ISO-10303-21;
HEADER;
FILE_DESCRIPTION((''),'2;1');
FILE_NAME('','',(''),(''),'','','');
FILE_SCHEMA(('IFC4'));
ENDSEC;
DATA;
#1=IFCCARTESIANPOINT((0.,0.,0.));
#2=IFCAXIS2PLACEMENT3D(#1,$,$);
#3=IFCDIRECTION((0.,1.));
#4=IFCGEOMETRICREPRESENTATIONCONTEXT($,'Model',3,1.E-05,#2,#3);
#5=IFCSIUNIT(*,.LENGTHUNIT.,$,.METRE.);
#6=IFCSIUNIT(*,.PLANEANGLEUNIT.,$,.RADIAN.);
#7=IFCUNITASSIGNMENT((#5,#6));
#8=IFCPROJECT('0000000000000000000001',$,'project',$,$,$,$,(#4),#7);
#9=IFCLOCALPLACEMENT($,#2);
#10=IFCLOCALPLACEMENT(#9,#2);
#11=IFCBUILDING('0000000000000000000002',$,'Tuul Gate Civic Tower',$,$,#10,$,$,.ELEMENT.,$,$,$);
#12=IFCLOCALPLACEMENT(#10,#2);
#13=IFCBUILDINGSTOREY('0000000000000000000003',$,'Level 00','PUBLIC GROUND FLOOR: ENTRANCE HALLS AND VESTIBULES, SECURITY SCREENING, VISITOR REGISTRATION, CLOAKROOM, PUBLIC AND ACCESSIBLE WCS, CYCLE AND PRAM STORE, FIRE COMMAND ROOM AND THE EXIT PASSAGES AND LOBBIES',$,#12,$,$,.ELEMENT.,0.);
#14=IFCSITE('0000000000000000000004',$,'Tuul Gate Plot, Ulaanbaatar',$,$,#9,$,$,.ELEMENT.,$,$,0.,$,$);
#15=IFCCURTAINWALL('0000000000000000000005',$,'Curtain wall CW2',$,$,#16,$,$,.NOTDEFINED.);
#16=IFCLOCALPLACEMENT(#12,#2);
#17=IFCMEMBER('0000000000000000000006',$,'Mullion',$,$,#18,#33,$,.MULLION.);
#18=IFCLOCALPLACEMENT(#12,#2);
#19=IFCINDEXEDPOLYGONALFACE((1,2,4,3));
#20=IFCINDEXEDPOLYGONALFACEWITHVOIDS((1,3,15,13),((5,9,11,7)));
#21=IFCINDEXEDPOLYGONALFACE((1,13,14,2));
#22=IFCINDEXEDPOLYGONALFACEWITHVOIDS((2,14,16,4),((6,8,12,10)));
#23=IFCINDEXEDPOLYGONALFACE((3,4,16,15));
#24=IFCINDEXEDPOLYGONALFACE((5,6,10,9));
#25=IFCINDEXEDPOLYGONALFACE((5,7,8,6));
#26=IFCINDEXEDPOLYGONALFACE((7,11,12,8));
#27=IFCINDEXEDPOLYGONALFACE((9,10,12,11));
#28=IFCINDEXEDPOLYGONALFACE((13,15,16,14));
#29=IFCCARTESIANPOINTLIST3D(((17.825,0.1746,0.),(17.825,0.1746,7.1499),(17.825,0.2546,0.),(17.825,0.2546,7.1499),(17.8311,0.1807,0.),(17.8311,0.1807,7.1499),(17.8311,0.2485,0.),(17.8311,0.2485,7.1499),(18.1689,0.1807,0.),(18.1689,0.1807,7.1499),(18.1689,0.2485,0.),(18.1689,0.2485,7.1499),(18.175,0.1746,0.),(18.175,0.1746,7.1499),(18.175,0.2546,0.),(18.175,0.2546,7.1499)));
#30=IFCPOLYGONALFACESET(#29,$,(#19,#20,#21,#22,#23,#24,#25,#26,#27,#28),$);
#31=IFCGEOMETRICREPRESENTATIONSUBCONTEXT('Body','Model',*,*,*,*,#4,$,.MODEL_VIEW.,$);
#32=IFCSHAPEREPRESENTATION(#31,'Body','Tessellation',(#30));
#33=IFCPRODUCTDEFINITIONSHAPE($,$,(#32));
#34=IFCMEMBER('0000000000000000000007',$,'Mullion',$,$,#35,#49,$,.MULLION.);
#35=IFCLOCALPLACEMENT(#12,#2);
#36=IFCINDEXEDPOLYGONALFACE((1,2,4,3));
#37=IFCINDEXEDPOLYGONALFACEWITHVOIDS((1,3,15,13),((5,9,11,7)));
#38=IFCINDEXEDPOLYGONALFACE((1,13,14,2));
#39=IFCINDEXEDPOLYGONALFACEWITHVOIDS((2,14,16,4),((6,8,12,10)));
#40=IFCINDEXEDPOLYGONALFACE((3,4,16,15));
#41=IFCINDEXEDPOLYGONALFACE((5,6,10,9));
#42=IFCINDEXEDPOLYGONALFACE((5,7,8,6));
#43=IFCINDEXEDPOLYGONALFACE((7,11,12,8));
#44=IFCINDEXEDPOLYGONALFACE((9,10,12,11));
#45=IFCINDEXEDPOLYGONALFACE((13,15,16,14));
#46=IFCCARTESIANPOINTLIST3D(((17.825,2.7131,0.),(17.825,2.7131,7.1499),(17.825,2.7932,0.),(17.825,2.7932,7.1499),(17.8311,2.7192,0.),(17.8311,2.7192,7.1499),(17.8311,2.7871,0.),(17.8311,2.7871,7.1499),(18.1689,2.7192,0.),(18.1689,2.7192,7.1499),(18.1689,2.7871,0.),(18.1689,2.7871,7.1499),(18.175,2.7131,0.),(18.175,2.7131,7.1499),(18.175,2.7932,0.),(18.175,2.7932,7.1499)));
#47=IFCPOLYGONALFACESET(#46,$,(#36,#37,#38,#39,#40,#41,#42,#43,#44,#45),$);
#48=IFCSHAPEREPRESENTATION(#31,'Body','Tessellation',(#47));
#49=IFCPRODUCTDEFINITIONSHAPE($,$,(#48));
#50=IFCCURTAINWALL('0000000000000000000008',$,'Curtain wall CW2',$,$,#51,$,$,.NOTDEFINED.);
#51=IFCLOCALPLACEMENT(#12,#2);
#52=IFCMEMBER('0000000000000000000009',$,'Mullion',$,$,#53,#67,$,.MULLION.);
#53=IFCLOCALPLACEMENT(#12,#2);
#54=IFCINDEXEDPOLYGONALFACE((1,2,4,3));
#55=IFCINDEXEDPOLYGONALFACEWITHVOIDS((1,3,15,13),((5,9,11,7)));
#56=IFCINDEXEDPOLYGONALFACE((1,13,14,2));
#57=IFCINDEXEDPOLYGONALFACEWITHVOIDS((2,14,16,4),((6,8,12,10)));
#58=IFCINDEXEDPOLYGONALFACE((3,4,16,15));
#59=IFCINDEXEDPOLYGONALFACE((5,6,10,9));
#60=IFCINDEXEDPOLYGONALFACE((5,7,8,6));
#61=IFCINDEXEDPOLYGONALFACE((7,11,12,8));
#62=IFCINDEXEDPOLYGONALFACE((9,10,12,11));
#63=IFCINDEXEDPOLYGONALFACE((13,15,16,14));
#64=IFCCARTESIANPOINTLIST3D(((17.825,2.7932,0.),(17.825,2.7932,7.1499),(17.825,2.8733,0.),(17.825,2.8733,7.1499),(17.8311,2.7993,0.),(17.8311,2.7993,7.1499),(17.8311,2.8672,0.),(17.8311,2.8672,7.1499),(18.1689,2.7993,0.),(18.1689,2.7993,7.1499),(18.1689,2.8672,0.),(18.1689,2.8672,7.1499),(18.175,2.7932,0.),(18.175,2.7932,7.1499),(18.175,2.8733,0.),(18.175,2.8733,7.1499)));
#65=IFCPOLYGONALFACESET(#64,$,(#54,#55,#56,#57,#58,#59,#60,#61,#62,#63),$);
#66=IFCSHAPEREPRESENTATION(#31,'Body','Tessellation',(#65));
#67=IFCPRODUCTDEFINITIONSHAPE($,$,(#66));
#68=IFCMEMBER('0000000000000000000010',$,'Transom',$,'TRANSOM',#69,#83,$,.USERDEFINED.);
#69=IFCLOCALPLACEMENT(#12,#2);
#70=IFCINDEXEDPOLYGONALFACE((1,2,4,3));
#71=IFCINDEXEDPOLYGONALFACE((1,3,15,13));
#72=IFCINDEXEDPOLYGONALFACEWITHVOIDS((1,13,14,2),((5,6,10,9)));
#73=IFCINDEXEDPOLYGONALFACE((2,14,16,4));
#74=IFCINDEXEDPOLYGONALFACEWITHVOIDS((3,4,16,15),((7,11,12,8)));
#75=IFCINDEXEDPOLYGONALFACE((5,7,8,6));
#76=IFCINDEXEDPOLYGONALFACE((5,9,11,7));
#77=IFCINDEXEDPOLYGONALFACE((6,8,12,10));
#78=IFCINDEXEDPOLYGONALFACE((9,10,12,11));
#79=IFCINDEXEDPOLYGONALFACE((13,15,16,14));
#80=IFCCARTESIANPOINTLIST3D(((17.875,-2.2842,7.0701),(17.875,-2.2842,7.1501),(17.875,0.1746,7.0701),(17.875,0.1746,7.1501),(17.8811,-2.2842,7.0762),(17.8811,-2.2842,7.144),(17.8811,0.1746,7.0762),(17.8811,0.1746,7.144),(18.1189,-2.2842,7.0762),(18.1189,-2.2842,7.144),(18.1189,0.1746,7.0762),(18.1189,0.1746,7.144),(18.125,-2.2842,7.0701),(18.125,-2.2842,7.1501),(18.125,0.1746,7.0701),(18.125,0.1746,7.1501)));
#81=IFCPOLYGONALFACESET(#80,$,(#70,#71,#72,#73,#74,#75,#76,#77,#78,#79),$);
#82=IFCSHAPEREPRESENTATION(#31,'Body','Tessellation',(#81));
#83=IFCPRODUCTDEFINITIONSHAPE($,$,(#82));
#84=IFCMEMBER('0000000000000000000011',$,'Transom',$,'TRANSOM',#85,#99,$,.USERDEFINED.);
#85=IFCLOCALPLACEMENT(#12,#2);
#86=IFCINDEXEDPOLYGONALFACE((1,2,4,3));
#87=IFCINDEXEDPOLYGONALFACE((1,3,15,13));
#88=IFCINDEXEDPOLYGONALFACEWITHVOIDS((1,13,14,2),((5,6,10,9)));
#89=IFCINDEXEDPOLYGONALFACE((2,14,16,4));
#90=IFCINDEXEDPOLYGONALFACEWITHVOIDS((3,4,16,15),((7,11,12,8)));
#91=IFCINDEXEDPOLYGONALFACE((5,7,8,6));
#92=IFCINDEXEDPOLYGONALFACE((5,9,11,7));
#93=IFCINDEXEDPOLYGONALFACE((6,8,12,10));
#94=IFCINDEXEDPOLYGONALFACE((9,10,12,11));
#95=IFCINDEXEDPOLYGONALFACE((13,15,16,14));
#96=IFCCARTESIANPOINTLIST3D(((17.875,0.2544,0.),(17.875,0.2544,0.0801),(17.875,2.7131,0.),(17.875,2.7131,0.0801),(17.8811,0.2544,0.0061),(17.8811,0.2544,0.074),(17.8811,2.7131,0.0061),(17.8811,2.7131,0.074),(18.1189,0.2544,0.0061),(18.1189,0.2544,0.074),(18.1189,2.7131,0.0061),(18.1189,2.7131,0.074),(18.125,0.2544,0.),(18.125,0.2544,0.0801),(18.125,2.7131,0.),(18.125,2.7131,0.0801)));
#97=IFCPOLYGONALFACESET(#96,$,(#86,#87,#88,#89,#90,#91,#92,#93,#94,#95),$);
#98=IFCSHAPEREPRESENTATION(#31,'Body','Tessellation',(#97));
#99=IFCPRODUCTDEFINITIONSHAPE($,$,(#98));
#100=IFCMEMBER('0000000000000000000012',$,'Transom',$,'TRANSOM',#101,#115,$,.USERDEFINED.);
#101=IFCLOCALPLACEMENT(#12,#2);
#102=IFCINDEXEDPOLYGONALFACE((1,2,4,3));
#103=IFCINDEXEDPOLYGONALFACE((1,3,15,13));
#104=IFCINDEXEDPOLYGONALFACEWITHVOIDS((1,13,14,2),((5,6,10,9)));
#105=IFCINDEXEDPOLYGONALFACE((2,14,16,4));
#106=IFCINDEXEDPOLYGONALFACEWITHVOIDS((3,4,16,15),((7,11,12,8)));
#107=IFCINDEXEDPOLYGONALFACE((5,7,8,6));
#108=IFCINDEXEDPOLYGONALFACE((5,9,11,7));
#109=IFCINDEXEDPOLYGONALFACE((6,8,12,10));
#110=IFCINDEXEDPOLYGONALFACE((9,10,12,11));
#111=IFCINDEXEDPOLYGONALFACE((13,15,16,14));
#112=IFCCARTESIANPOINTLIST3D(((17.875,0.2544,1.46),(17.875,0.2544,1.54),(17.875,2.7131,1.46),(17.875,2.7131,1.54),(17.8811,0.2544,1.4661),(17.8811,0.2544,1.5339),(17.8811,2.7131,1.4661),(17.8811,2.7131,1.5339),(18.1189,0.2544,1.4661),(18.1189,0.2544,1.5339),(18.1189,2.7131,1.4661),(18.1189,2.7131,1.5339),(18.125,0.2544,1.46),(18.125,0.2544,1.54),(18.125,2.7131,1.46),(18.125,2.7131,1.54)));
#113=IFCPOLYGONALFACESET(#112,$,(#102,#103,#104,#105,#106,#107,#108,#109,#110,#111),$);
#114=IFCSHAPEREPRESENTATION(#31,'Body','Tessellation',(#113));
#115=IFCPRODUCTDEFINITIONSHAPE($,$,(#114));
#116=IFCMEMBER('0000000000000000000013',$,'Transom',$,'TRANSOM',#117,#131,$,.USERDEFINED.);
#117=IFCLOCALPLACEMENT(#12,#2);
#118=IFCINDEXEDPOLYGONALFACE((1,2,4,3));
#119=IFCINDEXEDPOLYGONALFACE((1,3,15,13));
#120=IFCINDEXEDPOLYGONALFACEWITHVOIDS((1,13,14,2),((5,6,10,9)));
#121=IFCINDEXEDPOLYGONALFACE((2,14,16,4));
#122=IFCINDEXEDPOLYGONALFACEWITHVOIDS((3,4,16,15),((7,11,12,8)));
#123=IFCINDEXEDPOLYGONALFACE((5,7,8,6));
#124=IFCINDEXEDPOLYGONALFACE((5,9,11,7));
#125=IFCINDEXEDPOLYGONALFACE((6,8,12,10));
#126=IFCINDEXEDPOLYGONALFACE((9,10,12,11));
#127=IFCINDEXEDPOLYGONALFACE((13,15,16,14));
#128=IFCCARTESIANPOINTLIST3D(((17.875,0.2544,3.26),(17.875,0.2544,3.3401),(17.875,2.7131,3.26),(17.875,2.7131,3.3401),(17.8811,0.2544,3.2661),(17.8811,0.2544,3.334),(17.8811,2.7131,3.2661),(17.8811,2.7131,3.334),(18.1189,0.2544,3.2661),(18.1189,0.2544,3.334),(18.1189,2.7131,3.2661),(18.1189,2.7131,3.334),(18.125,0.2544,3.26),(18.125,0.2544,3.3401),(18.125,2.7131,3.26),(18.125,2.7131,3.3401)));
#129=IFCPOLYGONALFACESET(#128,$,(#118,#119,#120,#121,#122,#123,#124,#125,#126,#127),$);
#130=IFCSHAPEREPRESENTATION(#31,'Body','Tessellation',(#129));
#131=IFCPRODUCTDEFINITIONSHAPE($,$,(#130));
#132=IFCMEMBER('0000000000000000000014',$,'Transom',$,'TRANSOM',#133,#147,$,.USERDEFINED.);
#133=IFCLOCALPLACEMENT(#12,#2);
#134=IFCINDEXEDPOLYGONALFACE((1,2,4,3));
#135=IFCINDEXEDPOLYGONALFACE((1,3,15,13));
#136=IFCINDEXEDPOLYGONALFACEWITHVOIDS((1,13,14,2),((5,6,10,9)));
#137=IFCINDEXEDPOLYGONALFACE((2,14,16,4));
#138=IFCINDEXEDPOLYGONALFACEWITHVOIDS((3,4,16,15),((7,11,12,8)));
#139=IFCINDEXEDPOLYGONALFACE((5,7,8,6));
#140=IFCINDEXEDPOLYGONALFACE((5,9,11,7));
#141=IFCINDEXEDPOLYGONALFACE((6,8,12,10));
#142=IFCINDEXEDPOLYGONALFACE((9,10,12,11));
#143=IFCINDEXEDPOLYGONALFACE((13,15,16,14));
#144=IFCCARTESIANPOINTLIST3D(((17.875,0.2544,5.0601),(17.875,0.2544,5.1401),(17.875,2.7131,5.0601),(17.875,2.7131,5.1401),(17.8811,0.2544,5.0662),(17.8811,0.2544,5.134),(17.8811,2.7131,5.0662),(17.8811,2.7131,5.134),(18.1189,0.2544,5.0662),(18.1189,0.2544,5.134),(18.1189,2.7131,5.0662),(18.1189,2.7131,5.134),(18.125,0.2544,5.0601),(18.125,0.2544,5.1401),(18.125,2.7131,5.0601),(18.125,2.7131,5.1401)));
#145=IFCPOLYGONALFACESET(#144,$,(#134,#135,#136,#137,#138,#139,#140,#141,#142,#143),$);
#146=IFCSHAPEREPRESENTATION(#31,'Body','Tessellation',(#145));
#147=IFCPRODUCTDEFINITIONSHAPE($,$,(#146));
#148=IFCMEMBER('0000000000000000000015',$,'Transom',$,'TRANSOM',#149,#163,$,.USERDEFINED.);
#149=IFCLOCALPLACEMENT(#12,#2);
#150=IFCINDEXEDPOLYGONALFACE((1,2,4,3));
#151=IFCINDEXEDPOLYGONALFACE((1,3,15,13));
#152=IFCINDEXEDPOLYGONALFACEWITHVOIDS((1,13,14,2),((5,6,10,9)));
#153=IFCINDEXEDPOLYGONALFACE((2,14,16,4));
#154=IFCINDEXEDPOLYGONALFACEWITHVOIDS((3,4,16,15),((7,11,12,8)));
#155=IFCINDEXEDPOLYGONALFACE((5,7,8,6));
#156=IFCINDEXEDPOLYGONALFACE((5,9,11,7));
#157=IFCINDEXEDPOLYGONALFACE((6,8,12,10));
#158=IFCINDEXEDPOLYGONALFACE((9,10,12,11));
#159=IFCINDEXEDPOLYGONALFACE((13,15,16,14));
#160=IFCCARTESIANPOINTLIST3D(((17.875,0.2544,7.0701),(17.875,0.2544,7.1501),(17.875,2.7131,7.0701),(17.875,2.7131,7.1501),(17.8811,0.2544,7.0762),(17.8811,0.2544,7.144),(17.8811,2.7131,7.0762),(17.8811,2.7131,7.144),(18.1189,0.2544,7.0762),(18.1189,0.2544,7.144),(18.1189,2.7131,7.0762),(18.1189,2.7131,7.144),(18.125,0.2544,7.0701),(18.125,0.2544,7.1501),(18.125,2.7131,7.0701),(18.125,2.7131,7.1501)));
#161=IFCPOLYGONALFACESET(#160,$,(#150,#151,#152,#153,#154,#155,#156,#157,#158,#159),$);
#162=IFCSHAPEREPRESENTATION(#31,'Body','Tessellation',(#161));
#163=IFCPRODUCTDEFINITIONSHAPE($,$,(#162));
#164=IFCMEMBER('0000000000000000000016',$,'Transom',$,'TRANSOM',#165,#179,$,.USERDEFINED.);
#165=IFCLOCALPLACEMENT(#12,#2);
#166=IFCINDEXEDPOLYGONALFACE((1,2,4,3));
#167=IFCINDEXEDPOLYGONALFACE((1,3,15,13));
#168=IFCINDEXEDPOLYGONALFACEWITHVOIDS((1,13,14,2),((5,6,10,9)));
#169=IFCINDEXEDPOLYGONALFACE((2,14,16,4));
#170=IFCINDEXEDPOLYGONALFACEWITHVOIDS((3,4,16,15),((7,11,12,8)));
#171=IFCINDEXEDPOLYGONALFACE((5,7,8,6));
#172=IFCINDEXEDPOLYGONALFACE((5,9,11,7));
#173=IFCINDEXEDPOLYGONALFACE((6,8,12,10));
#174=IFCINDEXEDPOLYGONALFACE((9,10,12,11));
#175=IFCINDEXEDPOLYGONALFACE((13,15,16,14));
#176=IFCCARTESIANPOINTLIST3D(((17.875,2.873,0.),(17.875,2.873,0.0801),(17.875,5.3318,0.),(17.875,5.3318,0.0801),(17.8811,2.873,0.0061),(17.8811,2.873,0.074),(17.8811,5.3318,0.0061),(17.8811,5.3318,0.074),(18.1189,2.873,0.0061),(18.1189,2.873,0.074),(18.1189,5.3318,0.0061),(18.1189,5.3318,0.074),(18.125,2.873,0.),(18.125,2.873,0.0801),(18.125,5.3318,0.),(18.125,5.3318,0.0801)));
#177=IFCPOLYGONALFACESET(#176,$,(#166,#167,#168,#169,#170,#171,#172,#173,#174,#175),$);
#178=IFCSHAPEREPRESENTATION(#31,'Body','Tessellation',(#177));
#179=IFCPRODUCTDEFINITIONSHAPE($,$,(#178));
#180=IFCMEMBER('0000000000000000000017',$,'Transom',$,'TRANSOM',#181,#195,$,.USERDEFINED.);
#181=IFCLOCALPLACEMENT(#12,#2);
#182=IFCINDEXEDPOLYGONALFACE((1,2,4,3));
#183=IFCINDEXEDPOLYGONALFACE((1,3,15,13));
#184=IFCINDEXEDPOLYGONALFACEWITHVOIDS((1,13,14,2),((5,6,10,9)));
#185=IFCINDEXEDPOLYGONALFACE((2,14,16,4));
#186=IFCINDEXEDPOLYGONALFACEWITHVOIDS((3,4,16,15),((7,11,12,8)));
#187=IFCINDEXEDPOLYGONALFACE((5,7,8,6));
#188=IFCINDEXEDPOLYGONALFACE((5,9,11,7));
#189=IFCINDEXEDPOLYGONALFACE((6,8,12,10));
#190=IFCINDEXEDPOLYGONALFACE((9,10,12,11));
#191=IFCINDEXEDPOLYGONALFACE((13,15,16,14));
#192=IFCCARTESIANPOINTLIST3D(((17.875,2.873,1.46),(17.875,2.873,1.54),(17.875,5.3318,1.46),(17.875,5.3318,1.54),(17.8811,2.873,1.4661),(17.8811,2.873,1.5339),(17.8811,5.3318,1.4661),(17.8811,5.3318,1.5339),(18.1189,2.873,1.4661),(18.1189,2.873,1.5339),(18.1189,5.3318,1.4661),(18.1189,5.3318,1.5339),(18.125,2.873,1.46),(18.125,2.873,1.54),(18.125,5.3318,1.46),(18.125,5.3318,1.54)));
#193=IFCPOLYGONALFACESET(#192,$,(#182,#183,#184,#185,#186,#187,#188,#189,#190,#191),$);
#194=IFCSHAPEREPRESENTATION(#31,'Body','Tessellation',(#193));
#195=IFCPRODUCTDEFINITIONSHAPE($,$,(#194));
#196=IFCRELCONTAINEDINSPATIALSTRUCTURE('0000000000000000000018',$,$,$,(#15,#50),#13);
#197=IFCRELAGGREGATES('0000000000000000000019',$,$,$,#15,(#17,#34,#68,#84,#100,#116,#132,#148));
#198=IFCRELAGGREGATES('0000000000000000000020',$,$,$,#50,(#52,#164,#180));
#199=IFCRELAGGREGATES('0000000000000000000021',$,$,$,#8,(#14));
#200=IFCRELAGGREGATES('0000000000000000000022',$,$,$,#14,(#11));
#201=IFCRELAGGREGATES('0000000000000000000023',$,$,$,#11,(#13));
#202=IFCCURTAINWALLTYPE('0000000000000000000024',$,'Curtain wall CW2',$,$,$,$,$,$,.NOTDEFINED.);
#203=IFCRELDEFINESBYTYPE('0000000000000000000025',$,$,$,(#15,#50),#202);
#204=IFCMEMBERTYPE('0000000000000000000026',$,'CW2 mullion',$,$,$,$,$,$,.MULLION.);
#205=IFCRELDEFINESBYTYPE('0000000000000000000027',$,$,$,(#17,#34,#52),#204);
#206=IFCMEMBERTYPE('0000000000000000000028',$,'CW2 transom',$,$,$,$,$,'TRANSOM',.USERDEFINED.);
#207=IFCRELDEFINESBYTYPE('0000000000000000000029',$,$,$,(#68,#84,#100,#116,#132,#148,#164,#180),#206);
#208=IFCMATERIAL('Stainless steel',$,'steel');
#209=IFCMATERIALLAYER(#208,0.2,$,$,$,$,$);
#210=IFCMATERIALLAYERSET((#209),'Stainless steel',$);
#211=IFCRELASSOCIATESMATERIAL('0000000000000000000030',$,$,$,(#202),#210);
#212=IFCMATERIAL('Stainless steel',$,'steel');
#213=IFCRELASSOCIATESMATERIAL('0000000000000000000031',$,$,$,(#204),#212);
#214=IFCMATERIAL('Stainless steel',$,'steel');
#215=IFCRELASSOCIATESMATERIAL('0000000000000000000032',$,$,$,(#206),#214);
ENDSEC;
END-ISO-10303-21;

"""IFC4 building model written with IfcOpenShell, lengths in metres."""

from ifc_helpers import new_model, si_unit, direction, frame, origin, origin_2d, place, context, subcontext, project, spatial, hollow_rectangle, extrude, material, layer, layer_set, material_profile, profile_set, type_object, element, aggregate, save


model = new_model("IFC4")

# Units and contexts
model_context = context("Model", 3, precision=1e-05, world=origin(), true_north=direction((0.0, 1.0)))
body_context = subcontext(model_context, "Body", "Model", "MODEL_VIEW")
ifc_project = project(units=[si_unit("LENGTHUNIT", "METRE"), si_unit("PLANEANGLEUNIT", "RADIAN")], contexts=[model_context])

# Site, building, storey
site_placement = place(None, origin())
site = spatial("IfcSite", under=ifc_project, at=site_placement, Name="Tuul Gate Plot, Ulaanbaatar", CompositionType="ELEMENT", RefElevation=0.0)
building_placement = place(site_placement, origin())
building = spatial("IfcBuilding", under=site, at=building_placement, Name="Tuul Gate Civic Tower", CompositionType="ELEMENT")
storey_placement = place(building_placement, origin())
storey = spatial("IfcBuildingStorey", under=building, at=storey_placement, Name="Level 00", Description="PUBLIC GROUND FLOOR: ENTRANCE HALLS AND VESTIBULES, SECURITY SCREENING, VISITOR REGISTRATION, CLOAKROOM, PUBLIC AND ACCESSIBLE WCS, CYCLE AND PRAM STORE, FIRE COMMAND ROOM AND THE EXIT PASSAGES AND LOBBIES", CompositionType="ELEMENT", Elevation=0.0)

# Curtain wall, members
ifc_material_1 = material(Name="Stainless steel", Category="steel")
ifc_layer_1 = layer(ifc_material_1, 0.2)
ifc_layer_set_1 = layer_set([ifc_layer_1], Name="Stainless steel")
curtain_wall_type = type_object("IfcCurtainWallType", Name="Curtain wall CW2", PredefinedType="NOTDEFINED", material=ifc_layer_set_1)
curtain_wall_1_placement = place(storey_placement, origin())
curtain_wall_1 = element("IfcCurtainWall", 1, at=curtain_wall_1_placement, inside=storey, type_object=curtain_wall_type, Name="Curtain wall CW2", PredefinedType="NOTDEFINED")
ifc_material_2 = material(Name="Stainless steel", Category="steel")
ifc_material_profile_1 = material_profile(ifc_material_2, hollow_rectangle(XDim=0.3501, YDim=0.0801, WallThickness=0.0061, at=origin_2d()), Name="CW2 mullion")
ifc_profile_set_1 = profile_set([ifc_material_profile_1], Name="Stainless steel")
member_type_1 = type_object("IfcMemberType", Name="CW2 mullion", PredefinedType="MULLION", material=ifc_profile_set_1)
member_1_placement = place(storey_placement, frame((18.0, 0.2146, 0.0), z_axis=(0.0, 0.0, 1.0), x_axis=(-1.0, 0.0, 0.0)))
member_1 = element("IfcMember", 2, at=member_1_placement, type_object=member_type_1, Name="Mullion", PredefinedType="MULLION", context=body_context, shape_type="SweptSolid", body=[
    extrude(hollow_rectangle(XDim=0.3501, YDim=0.0801, WallThickness=0.0061, at=origin_2d()), origin(), (0.0, 0.0, 1.0), 7.1499),
])
member_2_placement = place(storey_placement, frame((18.0, 2.7532, 0.0), z_axis=(0.0, 0.0, 1.0), x_axis=(-1.0, 0.0, 0.0)))
member_2 = element("IfcMember", 3, at=member_2_placement, type_object=member_type_1, Name="Mullion", PredefinedType="MULLION", context=body_context, shape_type="SweptSolid", body=[
    extrude(hollow_rectangle(XDim=0.3501, YDim=0.0801, WallThickness=0.0061, at=origin_2d()), origin(), (0.0, 0.0, 1.0), 7.1499),
])

# Curtain wall, member
curtain_wall_2_placement = place(storey_placement, origin())
curtain_wall_2 = element("IfcCurtainWall", 4, at=curtain_wall_2_placement, inside=storey, type_object=curtain_wall_type, Name="Curtain wall CW2", PredefinedType="NOTDEFINED")
member_3_placement = place(storey_placement, frame((18.0, 2.8333, 0.0), z_axis=(0.0, 0.0, 1.0), x_axis=(-1.0, 0.0, 0.0)))
member_3 = element("IfcMember", 5, at=member_3_placement, type_object=member_type_1, Name="Mullion", PredefinedType="MULLION", context=body_context, shape_type="SweptSolid", body=[
    extrude(hollow_rectangle(XDim=0.3501, YDim=0.0801, WallThickness=0.0061, at=origin_2d()), origin(), (0.0, 0.0, 1.0), 7.1499),
])

# Members
ifc_material_3 = material(Name="Stainless steel", Category="steel")
ifc_material_profile_2 = material_profile(ifc_material_3, hollow_rectangle(XDim=0.25, YDim=0.0801, WallThickness=0.0061, at=origin_2d()), Name="CW2 transom")
ifc_profile_set_2 = profile_set([ifc_material_profile_2], Name="Stainless steel")
member_type_2 = type_object("IfcMemberType", Name="CW2 transom", ElementType="TRANSOM", PredefinedType="USERDEFINED", material=ifc_profile_set_2)
member_4_placement = place(storey_placement, frame((18.0, -2.2842, 7.1101), z_axis=(0.0, 1.0, 0.0), x_axis=(-1.0, 0.0, 0.0)))
member_4 = element("IfcMember", 6, at=member_4_placement, type_object=member_type_2, Name="Transom", ObjectType="TRANSOM", PredefinedType="USERDEFINED", context=body_context, shape_type="SweptSolid", body=[
    extrude(hollow_rectangle(XDim=0.25, YDim=0.0801, WallThickness=0.0061, at=origin_2d()), origin(), (0.0, 0.0, 1.0), 2.4587),
])
member_5_placement = place(storey_placement, frame((18.0, 0.2544, 0.04), z_axis=(0.0, 1.0, 0.0), x_axis=(-1.0, 0.0, 0.0)))
member_5 = element("IfcMember", 7, at=member_5_placement, type_object=member_type_2, Name="Transom", ObjectType="TRANSOM", PredefinedType="USERDEFINED", context=body_context, shape_type="SweptSolid", body=[
    extrude(hollow_rectangle(XDim=0.25, YDim=0.0801, WallThickness=0.0061, at=origin_2d()), origin(), (0.0, 0.0, 1.0), 2.4587),
])
member_6_placement = place(storey_placement, frame((18.0, 0.2544, 1.5), z_axis=(0.0, 1.0, 0.0), x_axis=(-1.0, 0.0, 0.0)))
member_6 = element("IfcMember", 8, at=member_6_placement, type_object=member_type_2, Name="Transom", ObjectType="TRANSOM", PredefinedType="USERDEFINED", context=body_context, shape_type="SweptSolid", body=[
    extrude(hollow_rectangle(XDim=0.25, YDim=0.0801, WallThickness=0.0061, at=origin_2d()), origin(), (0.0, 0.0, 1.0), 2.4587),
])
member_7_placement = place(storey_placement, frame((18.0, 0.2544, 3.3), z_axis=(0.0, 1.0, 0.0), x_axis=(-1.0, 0.0, 0.0)))
member_7 = element("IfcMember", 9, at=member_7_placement, type_object=member_type_2, Name="Transom", ObjectType="TRANSOM", PredefinedType="USERDEFINED", context=body_context, shape_type="SweptSolid", body=[
    extrude(hollow_rectangle(XDim=0.25, YDim=0.0801, WallThickness=0.0061, at=origin_2d()), origin(), (0.0, 0.0, 1.0), 2.4587),
])
member_8_placement = place(storey_placement, frame((18.0, 0.2544, 5.1001), z_axis=(0.0, 1.0, 0.0), x_axis=(-1.0, 0.0, 0.0)))
member_8 = element("IfcMember", 10, at=member_8_placement, type_object=member_type_2, Name="Transom", ObjectType="TRANSOM", PredefinedType="USERDEFINED", context=body_context, shape_type="SweptSolid", body=[
    extrude(hollow_rectangle(XDim=0.25, YDim=0.0801, WallThickness=0.0061, at=origin_2d()), origin(), (0.0, 0.0, 1.0), 2.4587),
])
member_9_placement = place(storey_placement, frame((18.0, 0.2544, 7.1101), z_axis=(0.0, 1.0, 0.0), x_axis=(-1.0, 0.0, 0.0)))
member_9 = element("IfcMember", 11, at=member_9_placement, type_object=member_type_2, Name="Transom", ObjectType="TRANSOM", PredefinedType="USERDEFINED", context=body_context, shape_type="SweptSolid", body=[
    extrude(hollow_rectangle(XDim=0.25, YDim=0.0801, WallThickness=0.0061, at=origin_2d()), origin(), (0.0, 0.0, 1.0), 2.4587),
])
member_10_placement = place(storey_placement, frame((18.0, 2.873, 0.04), z_axis=(0.0, 1.0, 0.0), x_axis=(-1.0, 0.0, 0.0)))
member_10 = element("IfcMember", 12, at=member_10_placement, type_object=member_type_2, Name="Transom", ObjectType="TRANSOM", PredefinedType="USERDEFINED", context=body_context, shape_type="SweptSolid", body=[
    extrude(hollow_rectangle(XDim=0.25, YDim=0.0801, WallThickness=0.0061, at=origin_2d()), origin(), (0.0, 0.0, 1.0), 2.4587),
])
member_11_placement = place(storey_placement, frame((18.0, 2.873, 1.5), z_axis=(0.0, 1.0, 0.0), x_axis=(-1.0, 0.0, 0.0)))
member_11 = element("IfcMember", 13, at=member_11_placement, type_object=member_type_2, Name="Transom", ObjectType="TRANSOM", PredefinedType="USERDEFINED", context=body_context, shape_type="SweptSolid", body=[
    extrude(hollow_rectangle(XDim=0.25, YDim=0.0801, WallThickness=0.0061, at=origin_2d()), origin(), (0.0, 0.0, 1.0), 2.4587),
])

aggregate(curtain_wall_1, [member_1, member_2, member_4, member_5, member_6, member_7, member_8, member_9])
aggregate(curtain_wall_2, [member_3, member_10, member_11])

save(model, "model.ifc")
